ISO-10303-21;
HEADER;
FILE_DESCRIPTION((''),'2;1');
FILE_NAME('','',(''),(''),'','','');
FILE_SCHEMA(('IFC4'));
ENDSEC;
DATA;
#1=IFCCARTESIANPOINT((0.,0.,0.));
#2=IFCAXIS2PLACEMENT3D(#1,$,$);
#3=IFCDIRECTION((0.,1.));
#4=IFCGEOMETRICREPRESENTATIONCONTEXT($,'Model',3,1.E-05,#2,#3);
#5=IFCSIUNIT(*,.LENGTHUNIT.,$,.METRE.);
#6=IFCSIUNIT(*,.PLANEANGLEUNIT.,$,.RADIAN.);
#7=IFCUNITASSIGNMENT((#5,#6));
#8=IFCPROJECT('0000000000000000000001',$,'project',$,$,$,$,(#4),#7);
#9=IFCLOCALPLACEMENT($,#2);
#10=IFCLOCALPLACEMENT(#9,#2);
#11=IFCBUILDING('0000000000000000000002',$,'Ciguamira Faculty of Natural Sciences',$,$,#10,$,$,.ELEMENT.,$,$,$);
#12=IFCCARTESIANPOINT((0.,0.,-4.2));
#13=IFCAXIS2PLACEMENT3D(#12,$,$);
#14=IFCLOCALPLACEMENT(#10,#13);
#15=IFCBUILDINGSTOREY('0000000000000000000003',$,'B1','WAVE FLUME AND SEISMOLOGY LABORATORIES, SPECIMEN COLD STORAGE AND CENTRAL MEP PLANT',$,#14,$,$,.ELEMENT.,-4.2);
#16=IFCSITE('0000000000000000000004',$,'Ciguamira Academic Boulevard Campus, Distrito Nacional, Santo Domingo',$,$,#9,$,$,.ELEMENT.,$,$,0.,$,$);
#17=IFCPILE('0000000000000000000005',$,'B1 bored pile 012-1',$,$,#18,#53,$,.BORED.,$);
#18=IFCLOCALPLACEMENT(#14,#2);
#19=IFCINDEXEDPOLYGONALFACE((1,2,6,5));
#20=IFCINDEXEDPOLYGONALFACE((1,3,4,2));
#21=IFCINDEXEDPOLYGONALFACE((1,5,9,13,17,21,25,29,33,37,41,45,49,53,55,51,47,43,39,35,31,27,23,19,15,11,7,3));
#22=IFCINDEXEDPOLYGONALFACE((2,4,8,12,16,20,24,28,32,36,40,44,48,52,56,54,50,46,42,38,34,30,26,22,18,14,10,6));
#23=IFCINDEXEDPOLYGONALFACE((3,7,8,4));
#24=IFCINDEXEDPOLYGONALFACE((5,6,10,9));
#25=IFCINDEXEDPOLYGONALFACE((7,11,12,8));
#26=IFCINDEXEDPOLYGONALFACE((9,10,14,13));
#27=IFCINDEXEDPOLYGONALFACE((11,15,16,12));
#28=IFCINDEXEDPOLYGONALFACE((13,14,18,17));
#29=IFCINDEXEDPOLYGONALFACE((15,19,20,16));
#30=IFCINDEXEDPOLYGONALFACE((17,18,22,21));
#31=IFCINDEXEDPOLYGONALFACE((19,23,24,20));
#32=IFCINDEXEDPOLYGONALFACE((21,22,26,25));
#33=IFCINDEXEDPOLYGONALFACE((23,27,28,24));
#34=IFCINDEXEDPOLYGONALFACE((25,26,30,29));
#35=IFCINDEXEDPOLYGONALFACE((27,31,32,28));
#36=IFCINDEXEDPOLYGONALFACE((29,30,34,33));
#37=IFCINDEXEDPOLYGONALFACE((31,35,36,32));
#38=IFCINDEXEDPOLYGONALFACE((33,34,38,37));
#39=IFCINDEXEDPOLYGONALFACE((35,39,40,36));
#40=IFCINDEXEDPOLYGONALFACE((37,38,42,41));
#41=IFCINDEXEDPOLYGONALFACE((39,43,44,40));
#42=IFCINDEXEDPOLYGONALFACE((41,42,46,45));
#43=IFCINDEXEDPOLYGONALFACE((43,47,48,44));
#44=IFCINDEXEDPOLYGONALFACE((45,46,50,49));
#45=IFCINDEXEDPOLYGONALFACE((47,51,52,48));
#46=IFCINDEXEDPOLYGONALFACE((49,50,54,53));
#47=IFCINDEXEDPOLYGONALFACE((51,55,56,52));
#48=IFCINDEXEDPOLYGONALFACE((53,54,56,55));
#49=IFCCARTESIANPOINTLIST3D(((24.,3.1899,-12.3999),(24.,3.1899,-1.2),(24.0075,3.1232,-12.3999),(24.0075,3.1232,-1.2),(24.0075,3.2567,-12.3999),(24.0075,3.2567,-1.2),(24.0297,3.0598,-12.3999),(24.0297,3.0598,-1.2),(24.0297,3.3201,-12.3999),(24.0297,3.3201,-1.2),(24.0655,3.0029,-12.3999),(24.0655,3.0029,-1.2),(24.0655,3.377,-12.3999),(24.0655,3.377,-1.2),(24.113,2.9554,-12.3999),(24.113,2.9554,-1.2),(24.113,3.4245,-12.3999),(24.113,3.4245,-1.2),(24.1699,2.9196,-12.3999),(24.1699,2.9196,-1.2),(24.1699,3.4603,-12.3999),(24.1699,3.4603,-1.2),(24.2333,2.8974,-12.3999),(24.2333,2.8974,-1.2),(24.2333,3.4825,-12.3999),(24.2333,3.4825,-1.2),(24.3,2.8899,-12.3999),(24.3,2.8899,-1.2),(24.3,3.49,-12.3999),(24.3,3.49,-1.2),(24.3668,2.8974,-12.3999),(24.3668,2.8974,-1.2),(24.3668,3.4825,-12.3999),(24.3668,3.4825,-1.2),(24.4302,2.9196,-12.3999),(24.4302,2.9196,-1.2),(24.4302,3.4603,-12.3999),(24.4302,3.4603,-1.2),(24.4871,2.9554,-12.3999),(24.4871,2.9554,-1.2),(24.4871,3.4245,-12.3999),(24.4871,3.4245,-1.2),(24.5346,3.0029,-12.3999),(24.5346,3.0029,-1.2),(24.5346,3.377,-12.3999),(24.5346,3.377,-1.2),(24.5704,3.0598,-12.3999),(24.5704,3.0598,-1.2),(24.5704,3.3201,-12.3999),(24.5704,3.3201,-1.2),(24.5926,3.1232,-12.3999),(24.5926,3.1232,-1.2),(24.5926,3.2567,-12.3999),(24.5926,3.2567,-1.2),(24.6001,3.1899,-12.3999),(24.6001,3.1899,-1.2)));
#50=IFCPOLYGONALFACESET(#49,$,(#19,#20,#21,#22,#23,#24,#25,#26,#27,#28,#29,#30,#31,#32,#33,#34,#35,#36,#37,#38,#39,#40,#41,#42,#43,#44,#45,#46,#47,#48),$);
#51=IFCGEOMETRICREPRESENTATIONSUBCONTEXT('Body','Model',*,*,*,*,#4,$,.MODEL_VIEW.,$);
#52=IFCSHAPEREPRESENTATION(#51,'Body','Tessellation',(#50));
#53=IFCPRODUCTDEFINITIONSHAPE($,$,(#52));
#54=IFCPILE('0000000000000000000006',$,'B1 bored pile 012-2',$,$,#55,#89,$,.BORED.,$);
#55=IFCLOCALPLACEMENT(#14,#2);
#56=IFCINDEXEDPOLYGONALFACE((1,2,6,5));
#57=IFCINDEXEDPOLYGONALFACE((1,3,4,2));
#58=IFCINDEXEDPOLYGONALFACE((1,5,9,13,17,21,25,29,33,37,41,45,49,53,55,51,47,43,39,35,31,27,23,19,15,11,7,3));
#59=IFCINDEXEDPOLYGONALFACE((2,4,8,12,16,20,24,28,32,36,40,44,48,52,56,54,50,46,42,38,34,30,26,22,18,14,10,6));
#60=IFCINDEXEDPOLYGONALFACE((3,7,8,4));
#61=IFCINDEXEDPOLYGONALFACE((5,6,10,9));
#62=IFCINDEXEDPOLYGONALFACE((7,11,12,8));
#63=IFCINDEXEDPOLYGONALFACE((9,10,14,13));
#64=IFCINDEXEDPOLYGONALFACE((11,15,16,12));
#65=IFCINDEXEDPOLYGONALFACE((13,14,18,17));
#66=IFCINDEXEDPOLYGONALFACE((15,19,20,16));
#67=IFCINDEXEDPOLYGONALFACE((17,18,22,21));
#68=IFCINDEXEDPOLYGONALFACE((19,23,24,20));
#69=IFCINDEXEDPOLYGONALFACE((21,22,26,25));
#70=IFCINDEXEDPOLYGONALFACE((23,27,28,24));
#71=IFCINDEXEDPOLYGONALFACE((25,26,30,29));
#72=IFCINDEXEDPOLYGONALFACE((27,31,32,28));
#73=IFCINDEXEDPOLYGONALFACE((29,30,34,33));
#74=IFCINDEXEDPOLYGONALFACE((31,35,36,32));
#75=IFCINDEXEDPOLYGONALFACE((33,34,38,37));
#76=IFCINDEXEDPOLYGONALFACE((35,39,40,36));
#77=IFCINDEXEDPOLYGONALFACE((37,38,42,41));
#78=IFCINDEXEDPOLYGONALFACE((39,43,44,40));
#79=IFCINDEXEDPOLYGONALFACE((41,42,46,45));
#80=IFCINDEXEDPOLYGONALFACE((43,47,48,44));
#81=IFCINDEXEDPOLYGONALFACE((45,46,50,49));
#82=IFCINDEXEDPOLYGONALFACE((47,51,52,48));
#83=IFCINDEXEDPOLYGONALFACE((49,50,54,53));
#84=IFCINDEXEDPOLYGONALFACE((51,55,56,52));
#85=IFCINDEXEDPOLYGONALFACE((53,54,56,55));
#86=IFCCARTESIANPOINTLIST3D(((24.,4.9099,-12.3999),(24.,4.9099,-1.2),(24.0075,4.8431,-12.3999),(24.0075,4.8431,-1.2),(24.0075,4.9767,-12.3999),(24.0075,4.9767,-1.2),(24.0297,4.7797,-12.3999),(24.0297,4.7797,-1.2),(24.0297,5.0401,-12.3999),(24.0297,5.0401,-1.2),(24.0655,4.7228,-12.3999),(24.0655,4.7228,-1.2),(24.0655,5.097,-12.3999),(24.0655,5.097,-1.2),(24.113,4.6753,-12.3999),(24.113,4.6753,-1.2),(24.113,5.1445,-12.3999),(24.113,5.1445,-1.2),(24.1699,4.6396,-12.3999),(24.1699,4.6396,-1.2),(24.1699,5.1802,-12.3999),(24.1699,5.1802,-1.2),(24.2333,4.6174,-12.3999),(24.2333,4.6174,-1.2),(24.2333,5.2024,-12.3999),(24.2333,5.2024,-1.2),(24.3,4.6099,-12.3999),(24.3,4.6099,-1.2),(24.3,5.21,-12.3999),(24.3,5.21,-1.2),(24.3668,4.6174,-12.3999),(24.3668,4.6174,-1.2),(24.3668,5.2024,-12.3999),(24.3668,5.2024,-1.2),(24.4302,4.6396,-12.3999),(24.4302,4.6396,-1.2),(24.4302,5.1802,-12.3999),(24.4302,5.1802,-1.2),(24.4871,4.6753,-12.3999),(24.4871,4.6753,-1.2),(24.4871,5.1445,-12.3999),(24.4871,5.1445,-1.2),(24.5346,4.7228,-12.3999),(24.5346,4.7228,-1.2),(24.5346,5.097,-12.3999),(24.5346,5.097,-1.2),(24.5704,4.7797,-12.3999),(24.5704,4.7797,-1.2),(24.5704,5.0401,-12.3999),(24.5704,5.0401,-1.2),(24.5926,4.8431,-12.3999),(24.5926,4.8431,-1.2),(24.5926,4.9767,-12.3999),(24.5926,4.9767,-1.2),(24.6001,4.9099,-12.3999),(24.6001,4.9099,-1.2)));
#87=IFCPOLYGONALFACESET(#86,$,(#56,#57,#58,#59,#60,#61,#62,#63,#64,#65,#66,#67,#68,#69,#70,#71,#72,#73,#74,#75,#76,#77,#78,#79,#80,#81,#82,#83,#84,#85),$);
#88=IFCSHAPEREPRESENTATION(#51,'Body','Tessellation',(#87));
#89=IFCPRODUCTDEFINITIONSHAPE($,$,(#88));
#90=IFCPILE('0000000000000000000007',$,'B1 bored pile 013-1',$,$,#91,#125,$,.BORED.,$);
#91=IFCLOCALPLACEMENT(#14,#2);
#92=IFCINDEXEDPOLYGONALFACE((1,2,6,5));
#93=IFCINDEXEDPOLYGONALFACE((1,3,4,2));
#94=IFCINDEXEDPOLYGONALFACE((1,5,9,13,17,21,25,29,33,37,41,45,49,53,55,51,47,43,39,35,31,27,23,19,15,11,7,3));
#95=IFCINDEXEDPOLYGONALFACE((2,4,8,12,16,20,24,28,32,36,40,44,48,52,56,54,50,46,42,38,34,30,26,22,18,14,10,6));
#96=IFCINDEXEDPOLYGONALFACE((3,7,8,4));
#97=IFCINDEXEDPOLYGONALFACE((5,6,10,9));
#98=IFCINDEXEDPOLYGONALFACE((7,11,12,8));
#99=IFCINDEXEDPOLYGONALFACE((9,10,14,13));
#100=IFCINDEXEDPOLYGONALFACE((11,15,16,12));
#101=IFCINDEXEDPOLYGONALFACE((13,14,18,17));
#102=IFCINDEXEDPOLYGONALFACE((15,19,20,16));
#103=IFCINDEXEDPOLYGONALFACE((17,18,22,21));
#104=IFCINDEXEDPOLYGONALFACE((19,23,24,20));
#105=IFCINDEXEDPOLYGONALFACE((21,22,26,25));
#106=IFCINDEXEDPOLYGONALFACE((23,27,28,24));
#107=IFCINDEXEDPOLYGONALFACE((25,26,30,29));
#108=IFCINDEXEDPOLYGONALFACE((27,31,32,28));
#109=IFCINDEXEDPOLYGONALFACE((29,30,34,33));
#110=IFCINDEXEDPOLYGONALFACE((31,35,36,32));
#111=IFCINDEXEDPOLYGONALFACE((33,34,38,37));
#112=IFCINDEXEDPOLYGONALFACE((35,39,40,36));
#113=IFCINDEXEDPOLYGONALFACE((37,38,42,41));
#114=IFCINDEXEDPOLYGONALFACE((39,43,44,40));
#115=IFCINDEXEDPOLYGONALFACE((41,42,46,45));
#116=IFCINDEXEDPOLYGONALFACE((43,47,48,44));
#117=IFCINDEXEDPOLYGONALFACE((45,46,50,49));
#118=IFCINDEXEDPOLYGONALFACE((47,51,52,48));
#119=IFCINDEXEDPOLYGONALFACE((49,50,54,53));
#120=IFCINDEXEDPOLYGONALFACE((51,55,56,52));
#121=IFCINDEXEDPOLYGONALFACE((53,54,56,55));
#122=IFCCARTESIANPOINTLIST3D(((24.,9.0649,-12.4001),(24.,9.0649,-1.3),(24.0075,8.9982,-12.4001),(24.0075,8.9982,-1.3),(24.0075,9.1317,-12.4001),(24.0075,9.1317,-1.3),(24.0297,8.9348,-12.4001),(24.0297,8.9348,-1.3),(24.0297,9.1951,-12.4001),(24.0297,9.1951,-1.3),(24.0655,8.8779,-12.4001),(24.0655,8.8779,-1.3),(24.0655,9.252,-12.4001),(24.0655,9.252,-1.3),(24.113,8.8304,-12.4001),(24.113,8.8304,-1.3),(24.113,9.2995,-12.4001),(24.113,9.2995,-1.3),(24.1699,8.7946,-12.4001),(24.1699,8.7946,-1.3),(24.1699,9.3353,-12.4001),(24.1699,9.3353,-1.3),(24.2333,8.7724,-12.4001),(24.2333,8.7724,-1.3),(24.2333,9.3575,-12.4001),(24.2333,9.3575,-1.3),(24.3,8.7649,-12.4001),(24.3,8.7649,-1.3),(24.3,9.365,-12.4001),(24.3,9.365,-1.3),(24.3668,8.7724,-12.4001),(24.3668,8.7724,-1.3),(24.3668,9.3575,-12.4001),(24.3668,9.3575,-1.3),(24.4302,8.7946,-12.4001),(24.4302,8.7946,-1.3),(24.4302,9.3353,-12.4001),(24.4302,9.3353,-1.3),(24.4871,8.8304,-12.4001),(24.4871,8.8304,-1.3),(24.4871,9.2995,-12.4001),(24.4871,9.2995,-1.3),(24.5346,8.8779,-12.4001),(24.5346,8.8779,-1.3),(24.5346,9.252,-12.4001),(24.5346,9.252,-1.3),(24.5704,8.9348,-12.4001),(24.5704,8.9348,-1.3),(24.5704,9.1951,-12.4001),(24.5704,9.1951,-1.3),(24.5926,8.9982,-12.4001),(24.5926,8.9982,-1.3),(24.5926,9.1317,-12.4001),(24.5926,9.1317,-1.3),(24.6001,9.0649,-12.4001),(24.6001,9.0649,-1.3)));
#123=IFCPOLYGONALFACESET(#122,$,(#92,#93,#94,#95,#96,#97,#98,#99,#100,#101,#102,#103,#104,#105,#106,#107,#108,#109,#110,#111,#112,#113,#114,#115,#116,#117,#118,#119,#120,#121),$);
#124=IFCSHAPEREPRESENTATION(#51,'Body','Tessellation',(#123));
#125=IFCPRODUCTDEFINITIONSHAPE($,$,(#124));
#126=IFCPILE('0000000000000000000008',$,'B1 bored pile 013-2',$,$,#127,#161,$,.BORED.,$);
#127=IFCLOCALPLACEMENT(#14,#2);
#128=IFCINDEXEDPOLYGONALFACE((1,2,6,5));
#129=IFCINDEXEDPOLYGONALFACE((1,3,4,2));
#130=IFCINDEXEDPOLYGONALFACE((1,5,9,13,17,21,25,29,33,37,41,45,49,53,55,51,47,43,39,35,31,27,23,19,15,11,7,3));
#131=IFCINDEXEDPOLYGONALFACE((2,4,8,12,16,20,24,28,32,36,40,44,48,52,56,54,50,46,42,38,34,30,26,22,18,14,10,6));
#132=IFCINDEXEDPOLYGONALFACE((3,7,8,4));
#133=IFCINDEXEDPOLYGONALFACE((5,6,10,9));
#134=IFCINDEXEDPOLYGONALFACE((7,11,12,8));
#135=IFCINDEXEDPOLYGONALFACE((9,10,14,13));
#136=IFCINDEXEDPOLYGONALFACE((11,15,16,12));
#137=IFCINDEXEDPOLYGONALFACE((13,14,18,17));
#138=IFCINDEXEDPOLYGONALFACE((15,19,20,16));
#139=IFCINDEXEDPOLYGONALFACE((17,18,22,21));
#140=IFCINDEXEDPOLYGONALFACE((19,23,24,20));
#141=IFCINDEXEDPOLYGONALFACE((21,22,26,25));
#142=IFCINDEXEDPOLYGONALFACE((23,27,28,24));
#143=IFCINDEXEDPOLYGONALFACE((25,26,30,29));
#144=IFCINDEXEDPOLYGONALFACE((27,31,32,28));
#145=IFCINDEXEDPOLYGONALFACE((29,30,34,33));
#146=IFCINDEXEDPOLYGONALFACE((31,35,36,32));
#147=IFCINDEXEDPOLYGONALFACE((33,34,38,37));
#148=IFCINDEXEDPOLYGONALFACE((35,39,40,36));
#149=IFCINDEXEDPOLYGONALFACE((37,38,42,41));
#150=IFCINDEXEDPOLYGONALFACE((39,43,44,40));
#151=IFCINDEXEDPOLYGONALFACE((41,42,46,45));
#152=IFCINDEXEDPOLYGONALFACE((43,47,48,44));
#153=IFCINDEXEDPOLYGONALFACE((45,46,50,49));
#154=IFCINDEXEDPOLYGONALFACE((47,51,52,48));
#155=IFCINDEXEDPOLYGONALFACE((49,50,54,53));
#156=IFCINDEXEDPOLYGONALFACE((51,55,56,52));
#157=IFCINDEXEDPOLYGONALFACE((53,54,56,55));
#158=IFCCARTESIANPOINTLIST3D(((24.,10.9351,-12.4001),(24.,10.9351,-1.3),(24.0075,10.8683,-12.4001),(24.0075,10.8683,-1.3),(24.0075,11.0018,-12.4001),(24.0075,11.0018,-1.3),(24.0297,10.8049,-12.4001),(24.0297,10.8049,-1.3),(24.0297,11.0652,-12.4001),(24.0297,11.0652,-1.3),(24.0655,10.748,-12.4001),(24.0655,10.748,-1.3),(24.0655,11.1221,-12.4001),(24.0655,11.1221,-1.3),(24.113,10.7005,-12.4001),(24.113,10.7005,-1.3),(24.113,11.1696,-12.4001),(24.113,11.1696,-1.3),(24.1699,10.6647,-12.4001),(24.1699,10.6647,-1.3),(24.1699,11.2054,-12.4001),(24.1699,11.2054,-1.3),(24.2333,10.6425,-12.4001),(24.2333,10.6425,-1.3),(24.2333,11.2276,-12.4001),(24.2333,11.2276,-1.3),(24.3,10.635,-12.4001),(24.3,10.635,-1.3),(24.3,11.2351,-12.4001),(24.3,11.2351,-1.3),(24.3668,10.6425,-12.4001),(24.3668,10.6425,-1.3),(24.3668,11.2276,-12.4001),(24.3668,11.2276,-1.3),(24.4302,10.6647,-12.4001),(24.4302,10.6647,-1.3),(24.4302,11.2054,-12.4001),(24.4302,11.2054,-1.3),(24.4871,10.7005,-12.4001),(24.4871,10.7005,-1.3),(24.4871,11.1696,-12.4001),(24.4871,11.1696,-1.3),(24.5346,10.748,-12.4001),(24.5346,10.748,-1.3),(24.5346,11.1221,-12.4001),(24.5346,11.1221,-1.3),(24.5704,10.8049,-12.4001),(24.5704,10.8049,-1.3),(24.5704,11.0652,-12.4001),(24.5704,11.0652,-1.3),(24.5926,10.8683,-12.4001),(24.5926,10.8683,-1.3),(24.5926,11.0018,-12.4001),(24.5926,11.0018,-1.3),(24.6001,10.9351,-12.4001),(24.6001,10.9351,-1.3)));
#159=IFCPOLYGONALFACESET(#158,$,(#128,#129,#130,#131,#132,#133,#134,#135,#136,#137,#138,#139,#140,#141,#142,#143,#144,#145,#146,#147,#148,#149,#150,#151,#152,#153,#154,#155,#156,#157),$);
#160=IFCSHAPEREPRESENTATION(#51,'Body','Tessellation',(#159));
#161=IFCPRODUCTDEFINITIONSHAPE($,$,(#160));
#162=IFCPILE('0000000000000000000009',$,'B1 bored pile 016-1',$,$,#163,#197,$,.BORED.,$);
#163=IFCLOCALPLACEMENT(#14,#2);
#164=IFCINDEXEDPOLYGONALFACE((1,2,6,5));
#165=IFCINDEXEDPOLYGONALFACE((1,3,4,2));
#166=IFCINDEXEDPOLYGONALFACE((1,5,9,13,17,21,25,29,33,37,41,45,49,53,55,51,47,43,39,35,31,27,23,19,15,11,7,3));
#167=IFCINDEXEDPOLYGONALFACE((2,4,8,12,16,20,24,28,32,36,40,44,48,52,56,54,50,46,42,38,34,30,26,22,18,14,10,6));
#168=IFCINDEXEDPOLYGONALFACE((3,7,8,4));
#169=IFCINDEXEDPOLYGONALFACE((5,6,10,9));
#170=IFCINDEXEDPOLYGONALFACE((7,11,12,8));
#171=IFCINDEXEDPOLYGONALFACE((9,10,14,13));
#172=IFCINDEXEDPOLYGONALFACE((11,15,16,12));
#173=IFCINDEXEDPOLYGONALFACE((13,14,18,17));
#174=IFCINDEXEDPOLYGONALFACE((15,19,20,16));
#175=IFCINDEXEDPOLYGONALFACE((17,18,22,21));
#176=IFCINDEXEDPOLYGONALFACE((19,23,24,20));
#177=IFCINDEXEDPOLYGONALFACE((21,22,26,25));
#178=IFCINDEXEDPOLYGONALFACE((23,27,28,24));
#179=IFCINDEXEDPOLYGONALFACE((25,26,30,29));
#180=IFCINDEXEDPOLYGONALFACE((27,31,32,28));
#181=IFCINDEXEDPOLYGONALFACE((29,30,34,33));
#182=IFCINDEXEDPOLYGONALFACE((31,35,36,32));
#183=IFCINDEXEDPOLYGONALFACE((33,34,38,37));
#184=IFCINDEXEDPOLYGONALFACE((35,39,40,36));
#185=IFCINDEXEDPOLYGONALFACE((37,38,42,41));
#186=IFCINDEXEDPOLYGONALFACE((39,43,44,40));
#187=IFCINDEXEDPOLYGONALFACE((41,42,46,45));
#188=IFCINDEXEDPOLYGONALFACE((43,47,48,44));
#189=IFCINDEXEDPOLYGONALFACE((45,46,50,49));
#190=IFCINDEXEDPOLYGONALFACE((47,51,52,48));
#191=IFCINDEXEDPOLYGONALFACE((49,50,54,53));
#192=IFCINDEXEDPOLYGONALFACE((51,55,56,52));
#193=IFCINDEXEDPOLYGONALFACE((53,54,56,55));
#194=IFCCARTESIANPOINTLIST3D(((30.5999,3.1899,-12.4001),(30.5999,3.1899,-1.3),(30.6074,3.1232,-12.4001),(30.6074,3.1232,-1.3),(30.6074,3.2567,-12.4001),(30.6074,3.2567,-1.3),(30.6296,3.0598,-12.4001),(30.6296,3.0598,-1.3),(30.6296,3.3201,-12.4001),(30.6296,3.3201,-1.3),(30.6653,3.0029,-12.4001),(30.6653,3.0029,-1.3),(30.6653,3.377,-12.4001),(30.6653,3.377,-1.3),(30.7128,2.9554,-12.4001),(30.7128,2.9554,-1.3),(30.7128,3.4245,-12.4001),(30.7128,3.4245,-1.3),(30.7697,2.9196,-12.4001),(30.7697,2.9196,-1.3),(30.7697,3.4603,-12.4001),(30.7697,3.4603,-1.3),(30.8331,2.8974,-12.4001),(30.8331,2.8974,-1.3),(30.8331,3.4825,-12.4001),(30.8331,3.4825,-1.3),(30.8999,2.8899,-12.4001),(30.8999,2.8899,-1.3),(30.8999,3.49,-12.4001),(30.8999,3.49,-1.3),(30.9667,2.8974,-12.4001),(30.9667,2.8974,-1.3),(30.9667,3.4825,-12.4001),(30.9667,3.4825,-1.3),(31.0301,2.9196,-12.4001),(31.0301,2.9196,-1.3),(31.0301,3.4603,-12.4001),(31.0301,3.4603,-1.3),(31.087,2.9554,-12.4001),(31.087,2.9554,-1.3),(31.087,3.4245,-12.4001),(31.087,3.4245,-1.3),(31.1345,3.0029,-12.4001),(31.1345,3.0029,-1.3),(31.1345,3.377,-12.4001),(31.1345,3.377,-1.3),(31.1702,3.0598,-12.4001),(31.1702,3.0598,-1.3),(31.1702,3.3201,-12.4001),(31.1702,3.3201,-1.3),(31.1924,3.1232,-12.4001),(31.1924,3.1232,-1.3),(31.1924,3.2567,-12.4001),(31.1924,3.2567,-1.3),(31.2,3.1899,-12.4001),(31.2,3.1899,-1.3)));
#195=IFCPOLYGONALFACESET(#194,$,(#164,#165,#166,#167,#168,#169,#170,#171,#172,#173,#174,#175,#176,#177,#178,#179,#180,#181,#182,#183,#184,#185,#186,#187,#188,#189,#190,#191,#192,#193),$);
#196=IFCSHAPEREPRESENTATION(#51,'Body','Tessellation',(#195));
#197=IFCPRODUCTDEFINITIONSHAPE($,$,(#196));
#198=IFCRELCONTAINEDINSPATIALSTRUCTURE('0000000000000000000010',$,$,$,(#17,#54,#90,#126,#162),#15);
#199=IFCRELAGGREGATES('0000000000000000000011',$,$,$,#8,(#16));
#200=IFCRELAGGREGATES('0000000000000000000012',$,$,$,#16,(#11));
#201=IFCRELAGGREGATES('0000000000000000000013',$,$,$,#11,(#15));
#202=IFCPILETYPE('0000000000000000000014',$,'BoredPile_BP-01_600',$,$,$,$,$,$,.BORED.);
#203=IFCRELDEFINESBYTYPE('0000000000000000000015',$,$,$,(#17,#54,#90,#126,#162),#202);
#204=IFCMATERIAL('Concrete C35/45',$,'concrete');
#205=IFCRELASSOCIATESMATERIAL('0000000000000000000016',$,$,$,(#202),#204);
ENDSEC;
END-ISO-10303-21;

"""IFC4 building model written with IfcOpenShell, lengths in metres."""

from ifc_helpers import new_model, si_unit, direction, frame, origin, origin_2d, place, context, subcontext, project, spatial, circle, extrude, material, material_profile, profile_set, type_object, element, save


model = new_model("IFC4")

# Units and contexts
model_context = context("Model", 3, precision=1e-05, world=origin(), true_north=direction((0.0, 1.0)))
body_context = subcontext(model_context, "Body", "Model", "MODEL_VIEW")
ifc_project = project(units=[si_unit("LENGTHUNIT", "METRE"), si_unit("PLANEANGLEUNIT", "RADIAN")], contexts=[model_context])

# Site, building, storey
site_placement = place(None, origin())
site = spatial("IfcSite", under=ifc_project, at=site_placement, Name="Ciguamira Academic Boulevard Campus, Distrito Nacional, Santo Domingo", CompositionType="ELEMENT", RefElevation=0.0)
building_placement = place(site_placement, origin())
building = spatial("IfcBuilding", under=site, at=building_placement, Name="Ciguamira Faculty of Natural Sciences", CompositionType="ELEMENT")
storey_placement = place(building_placement, frame((0.0, 0.0, -4.2)))
storey = spatial("IfcBuildingStorey", under=building, at=storey_placement, Name="B1", Description="WAVE FLUME AND SEISMOLOGY LABORATORIES, SPECIMEN COLD STORAGE AND CENTRAL MEP PLANT", CompositionType="ELEMENT", Elevation=-4.2)

# Piles
ifc_material_1 = material(Name="Concrete C35/45", Category="concrete")
ifc_material_profile_1 = material_profile(ifc_material_1, circle(Radius=0.3, at=origin_2d()), Name="PILE-BORED-600")
ifc_profile_set_1 = profile_set([ifc_material_profile_1], Name="Concrete C35/45")
pile_type = type_object("IfcPileType", Name="BoredPile_BP-01_600", PredefinedType="BORED", material=ifc_profile_set_1)
for number, where, z_axis, x_axis, name in (
    (1, (24.3, 3.1899, -1.2), (0.0, 0.0, -1.0), (1.0, 0.0, 0.0), "B1 bored pile 012-1"),
    (2, (24.3, 4.9099, -1.2), (0.0, 0.0, -1.0), (1.0, 0.0, 0.0), "B1 bored pile 012-2"),
):
    element("IfcPile", number, at=place(storey_placement, frame(where, z_axis=z_axis, x_axis=x_axis)), inside=storey, type_object=pile_type, Name=name, PredefinedType="BORED", context=body_context, shape_type="SweptSolid", body=[
        extrude(circle(Radius=0.3, at=origin_2d()), origin(), (0.0, 0.0, 1.0), 11.2),
    ])
for number, where, z_axis, x_axis, name in (
    (3, (24.3, 9.0649, -1.3), (0.0, 0.0, -1.0), (1.0, 0.0, 0.0), "B1 bored pile 013-1"),
    (4, (24.3, 10.9351, -1.3), (0.0, 0.0, -1.0), (1.0, 0.0, 0.0), "B1 bored pile 013-2"),
    (5, (30.8999, 3.1899, -1.3), (0.0, 0.0, -1.0), (1.0, 0.0, 0.0), "B1 bored pile 016-1"),
):
    element("IfcPile", number, at=place(storey_placement, frame(where, z_axis=z_axis, x_axis=x_axis)), inside=storey, type_object=pile_type, Name=name, PredefinedType="BORED", context=body_context, shape_type="SweptSolid", body=[
        extrude(circle(Radius=0.3, at=origin_2d()), origin(), (0.0, 0.0, 1.0), 11.1001),
    ])

save(model, "model.ifc")
